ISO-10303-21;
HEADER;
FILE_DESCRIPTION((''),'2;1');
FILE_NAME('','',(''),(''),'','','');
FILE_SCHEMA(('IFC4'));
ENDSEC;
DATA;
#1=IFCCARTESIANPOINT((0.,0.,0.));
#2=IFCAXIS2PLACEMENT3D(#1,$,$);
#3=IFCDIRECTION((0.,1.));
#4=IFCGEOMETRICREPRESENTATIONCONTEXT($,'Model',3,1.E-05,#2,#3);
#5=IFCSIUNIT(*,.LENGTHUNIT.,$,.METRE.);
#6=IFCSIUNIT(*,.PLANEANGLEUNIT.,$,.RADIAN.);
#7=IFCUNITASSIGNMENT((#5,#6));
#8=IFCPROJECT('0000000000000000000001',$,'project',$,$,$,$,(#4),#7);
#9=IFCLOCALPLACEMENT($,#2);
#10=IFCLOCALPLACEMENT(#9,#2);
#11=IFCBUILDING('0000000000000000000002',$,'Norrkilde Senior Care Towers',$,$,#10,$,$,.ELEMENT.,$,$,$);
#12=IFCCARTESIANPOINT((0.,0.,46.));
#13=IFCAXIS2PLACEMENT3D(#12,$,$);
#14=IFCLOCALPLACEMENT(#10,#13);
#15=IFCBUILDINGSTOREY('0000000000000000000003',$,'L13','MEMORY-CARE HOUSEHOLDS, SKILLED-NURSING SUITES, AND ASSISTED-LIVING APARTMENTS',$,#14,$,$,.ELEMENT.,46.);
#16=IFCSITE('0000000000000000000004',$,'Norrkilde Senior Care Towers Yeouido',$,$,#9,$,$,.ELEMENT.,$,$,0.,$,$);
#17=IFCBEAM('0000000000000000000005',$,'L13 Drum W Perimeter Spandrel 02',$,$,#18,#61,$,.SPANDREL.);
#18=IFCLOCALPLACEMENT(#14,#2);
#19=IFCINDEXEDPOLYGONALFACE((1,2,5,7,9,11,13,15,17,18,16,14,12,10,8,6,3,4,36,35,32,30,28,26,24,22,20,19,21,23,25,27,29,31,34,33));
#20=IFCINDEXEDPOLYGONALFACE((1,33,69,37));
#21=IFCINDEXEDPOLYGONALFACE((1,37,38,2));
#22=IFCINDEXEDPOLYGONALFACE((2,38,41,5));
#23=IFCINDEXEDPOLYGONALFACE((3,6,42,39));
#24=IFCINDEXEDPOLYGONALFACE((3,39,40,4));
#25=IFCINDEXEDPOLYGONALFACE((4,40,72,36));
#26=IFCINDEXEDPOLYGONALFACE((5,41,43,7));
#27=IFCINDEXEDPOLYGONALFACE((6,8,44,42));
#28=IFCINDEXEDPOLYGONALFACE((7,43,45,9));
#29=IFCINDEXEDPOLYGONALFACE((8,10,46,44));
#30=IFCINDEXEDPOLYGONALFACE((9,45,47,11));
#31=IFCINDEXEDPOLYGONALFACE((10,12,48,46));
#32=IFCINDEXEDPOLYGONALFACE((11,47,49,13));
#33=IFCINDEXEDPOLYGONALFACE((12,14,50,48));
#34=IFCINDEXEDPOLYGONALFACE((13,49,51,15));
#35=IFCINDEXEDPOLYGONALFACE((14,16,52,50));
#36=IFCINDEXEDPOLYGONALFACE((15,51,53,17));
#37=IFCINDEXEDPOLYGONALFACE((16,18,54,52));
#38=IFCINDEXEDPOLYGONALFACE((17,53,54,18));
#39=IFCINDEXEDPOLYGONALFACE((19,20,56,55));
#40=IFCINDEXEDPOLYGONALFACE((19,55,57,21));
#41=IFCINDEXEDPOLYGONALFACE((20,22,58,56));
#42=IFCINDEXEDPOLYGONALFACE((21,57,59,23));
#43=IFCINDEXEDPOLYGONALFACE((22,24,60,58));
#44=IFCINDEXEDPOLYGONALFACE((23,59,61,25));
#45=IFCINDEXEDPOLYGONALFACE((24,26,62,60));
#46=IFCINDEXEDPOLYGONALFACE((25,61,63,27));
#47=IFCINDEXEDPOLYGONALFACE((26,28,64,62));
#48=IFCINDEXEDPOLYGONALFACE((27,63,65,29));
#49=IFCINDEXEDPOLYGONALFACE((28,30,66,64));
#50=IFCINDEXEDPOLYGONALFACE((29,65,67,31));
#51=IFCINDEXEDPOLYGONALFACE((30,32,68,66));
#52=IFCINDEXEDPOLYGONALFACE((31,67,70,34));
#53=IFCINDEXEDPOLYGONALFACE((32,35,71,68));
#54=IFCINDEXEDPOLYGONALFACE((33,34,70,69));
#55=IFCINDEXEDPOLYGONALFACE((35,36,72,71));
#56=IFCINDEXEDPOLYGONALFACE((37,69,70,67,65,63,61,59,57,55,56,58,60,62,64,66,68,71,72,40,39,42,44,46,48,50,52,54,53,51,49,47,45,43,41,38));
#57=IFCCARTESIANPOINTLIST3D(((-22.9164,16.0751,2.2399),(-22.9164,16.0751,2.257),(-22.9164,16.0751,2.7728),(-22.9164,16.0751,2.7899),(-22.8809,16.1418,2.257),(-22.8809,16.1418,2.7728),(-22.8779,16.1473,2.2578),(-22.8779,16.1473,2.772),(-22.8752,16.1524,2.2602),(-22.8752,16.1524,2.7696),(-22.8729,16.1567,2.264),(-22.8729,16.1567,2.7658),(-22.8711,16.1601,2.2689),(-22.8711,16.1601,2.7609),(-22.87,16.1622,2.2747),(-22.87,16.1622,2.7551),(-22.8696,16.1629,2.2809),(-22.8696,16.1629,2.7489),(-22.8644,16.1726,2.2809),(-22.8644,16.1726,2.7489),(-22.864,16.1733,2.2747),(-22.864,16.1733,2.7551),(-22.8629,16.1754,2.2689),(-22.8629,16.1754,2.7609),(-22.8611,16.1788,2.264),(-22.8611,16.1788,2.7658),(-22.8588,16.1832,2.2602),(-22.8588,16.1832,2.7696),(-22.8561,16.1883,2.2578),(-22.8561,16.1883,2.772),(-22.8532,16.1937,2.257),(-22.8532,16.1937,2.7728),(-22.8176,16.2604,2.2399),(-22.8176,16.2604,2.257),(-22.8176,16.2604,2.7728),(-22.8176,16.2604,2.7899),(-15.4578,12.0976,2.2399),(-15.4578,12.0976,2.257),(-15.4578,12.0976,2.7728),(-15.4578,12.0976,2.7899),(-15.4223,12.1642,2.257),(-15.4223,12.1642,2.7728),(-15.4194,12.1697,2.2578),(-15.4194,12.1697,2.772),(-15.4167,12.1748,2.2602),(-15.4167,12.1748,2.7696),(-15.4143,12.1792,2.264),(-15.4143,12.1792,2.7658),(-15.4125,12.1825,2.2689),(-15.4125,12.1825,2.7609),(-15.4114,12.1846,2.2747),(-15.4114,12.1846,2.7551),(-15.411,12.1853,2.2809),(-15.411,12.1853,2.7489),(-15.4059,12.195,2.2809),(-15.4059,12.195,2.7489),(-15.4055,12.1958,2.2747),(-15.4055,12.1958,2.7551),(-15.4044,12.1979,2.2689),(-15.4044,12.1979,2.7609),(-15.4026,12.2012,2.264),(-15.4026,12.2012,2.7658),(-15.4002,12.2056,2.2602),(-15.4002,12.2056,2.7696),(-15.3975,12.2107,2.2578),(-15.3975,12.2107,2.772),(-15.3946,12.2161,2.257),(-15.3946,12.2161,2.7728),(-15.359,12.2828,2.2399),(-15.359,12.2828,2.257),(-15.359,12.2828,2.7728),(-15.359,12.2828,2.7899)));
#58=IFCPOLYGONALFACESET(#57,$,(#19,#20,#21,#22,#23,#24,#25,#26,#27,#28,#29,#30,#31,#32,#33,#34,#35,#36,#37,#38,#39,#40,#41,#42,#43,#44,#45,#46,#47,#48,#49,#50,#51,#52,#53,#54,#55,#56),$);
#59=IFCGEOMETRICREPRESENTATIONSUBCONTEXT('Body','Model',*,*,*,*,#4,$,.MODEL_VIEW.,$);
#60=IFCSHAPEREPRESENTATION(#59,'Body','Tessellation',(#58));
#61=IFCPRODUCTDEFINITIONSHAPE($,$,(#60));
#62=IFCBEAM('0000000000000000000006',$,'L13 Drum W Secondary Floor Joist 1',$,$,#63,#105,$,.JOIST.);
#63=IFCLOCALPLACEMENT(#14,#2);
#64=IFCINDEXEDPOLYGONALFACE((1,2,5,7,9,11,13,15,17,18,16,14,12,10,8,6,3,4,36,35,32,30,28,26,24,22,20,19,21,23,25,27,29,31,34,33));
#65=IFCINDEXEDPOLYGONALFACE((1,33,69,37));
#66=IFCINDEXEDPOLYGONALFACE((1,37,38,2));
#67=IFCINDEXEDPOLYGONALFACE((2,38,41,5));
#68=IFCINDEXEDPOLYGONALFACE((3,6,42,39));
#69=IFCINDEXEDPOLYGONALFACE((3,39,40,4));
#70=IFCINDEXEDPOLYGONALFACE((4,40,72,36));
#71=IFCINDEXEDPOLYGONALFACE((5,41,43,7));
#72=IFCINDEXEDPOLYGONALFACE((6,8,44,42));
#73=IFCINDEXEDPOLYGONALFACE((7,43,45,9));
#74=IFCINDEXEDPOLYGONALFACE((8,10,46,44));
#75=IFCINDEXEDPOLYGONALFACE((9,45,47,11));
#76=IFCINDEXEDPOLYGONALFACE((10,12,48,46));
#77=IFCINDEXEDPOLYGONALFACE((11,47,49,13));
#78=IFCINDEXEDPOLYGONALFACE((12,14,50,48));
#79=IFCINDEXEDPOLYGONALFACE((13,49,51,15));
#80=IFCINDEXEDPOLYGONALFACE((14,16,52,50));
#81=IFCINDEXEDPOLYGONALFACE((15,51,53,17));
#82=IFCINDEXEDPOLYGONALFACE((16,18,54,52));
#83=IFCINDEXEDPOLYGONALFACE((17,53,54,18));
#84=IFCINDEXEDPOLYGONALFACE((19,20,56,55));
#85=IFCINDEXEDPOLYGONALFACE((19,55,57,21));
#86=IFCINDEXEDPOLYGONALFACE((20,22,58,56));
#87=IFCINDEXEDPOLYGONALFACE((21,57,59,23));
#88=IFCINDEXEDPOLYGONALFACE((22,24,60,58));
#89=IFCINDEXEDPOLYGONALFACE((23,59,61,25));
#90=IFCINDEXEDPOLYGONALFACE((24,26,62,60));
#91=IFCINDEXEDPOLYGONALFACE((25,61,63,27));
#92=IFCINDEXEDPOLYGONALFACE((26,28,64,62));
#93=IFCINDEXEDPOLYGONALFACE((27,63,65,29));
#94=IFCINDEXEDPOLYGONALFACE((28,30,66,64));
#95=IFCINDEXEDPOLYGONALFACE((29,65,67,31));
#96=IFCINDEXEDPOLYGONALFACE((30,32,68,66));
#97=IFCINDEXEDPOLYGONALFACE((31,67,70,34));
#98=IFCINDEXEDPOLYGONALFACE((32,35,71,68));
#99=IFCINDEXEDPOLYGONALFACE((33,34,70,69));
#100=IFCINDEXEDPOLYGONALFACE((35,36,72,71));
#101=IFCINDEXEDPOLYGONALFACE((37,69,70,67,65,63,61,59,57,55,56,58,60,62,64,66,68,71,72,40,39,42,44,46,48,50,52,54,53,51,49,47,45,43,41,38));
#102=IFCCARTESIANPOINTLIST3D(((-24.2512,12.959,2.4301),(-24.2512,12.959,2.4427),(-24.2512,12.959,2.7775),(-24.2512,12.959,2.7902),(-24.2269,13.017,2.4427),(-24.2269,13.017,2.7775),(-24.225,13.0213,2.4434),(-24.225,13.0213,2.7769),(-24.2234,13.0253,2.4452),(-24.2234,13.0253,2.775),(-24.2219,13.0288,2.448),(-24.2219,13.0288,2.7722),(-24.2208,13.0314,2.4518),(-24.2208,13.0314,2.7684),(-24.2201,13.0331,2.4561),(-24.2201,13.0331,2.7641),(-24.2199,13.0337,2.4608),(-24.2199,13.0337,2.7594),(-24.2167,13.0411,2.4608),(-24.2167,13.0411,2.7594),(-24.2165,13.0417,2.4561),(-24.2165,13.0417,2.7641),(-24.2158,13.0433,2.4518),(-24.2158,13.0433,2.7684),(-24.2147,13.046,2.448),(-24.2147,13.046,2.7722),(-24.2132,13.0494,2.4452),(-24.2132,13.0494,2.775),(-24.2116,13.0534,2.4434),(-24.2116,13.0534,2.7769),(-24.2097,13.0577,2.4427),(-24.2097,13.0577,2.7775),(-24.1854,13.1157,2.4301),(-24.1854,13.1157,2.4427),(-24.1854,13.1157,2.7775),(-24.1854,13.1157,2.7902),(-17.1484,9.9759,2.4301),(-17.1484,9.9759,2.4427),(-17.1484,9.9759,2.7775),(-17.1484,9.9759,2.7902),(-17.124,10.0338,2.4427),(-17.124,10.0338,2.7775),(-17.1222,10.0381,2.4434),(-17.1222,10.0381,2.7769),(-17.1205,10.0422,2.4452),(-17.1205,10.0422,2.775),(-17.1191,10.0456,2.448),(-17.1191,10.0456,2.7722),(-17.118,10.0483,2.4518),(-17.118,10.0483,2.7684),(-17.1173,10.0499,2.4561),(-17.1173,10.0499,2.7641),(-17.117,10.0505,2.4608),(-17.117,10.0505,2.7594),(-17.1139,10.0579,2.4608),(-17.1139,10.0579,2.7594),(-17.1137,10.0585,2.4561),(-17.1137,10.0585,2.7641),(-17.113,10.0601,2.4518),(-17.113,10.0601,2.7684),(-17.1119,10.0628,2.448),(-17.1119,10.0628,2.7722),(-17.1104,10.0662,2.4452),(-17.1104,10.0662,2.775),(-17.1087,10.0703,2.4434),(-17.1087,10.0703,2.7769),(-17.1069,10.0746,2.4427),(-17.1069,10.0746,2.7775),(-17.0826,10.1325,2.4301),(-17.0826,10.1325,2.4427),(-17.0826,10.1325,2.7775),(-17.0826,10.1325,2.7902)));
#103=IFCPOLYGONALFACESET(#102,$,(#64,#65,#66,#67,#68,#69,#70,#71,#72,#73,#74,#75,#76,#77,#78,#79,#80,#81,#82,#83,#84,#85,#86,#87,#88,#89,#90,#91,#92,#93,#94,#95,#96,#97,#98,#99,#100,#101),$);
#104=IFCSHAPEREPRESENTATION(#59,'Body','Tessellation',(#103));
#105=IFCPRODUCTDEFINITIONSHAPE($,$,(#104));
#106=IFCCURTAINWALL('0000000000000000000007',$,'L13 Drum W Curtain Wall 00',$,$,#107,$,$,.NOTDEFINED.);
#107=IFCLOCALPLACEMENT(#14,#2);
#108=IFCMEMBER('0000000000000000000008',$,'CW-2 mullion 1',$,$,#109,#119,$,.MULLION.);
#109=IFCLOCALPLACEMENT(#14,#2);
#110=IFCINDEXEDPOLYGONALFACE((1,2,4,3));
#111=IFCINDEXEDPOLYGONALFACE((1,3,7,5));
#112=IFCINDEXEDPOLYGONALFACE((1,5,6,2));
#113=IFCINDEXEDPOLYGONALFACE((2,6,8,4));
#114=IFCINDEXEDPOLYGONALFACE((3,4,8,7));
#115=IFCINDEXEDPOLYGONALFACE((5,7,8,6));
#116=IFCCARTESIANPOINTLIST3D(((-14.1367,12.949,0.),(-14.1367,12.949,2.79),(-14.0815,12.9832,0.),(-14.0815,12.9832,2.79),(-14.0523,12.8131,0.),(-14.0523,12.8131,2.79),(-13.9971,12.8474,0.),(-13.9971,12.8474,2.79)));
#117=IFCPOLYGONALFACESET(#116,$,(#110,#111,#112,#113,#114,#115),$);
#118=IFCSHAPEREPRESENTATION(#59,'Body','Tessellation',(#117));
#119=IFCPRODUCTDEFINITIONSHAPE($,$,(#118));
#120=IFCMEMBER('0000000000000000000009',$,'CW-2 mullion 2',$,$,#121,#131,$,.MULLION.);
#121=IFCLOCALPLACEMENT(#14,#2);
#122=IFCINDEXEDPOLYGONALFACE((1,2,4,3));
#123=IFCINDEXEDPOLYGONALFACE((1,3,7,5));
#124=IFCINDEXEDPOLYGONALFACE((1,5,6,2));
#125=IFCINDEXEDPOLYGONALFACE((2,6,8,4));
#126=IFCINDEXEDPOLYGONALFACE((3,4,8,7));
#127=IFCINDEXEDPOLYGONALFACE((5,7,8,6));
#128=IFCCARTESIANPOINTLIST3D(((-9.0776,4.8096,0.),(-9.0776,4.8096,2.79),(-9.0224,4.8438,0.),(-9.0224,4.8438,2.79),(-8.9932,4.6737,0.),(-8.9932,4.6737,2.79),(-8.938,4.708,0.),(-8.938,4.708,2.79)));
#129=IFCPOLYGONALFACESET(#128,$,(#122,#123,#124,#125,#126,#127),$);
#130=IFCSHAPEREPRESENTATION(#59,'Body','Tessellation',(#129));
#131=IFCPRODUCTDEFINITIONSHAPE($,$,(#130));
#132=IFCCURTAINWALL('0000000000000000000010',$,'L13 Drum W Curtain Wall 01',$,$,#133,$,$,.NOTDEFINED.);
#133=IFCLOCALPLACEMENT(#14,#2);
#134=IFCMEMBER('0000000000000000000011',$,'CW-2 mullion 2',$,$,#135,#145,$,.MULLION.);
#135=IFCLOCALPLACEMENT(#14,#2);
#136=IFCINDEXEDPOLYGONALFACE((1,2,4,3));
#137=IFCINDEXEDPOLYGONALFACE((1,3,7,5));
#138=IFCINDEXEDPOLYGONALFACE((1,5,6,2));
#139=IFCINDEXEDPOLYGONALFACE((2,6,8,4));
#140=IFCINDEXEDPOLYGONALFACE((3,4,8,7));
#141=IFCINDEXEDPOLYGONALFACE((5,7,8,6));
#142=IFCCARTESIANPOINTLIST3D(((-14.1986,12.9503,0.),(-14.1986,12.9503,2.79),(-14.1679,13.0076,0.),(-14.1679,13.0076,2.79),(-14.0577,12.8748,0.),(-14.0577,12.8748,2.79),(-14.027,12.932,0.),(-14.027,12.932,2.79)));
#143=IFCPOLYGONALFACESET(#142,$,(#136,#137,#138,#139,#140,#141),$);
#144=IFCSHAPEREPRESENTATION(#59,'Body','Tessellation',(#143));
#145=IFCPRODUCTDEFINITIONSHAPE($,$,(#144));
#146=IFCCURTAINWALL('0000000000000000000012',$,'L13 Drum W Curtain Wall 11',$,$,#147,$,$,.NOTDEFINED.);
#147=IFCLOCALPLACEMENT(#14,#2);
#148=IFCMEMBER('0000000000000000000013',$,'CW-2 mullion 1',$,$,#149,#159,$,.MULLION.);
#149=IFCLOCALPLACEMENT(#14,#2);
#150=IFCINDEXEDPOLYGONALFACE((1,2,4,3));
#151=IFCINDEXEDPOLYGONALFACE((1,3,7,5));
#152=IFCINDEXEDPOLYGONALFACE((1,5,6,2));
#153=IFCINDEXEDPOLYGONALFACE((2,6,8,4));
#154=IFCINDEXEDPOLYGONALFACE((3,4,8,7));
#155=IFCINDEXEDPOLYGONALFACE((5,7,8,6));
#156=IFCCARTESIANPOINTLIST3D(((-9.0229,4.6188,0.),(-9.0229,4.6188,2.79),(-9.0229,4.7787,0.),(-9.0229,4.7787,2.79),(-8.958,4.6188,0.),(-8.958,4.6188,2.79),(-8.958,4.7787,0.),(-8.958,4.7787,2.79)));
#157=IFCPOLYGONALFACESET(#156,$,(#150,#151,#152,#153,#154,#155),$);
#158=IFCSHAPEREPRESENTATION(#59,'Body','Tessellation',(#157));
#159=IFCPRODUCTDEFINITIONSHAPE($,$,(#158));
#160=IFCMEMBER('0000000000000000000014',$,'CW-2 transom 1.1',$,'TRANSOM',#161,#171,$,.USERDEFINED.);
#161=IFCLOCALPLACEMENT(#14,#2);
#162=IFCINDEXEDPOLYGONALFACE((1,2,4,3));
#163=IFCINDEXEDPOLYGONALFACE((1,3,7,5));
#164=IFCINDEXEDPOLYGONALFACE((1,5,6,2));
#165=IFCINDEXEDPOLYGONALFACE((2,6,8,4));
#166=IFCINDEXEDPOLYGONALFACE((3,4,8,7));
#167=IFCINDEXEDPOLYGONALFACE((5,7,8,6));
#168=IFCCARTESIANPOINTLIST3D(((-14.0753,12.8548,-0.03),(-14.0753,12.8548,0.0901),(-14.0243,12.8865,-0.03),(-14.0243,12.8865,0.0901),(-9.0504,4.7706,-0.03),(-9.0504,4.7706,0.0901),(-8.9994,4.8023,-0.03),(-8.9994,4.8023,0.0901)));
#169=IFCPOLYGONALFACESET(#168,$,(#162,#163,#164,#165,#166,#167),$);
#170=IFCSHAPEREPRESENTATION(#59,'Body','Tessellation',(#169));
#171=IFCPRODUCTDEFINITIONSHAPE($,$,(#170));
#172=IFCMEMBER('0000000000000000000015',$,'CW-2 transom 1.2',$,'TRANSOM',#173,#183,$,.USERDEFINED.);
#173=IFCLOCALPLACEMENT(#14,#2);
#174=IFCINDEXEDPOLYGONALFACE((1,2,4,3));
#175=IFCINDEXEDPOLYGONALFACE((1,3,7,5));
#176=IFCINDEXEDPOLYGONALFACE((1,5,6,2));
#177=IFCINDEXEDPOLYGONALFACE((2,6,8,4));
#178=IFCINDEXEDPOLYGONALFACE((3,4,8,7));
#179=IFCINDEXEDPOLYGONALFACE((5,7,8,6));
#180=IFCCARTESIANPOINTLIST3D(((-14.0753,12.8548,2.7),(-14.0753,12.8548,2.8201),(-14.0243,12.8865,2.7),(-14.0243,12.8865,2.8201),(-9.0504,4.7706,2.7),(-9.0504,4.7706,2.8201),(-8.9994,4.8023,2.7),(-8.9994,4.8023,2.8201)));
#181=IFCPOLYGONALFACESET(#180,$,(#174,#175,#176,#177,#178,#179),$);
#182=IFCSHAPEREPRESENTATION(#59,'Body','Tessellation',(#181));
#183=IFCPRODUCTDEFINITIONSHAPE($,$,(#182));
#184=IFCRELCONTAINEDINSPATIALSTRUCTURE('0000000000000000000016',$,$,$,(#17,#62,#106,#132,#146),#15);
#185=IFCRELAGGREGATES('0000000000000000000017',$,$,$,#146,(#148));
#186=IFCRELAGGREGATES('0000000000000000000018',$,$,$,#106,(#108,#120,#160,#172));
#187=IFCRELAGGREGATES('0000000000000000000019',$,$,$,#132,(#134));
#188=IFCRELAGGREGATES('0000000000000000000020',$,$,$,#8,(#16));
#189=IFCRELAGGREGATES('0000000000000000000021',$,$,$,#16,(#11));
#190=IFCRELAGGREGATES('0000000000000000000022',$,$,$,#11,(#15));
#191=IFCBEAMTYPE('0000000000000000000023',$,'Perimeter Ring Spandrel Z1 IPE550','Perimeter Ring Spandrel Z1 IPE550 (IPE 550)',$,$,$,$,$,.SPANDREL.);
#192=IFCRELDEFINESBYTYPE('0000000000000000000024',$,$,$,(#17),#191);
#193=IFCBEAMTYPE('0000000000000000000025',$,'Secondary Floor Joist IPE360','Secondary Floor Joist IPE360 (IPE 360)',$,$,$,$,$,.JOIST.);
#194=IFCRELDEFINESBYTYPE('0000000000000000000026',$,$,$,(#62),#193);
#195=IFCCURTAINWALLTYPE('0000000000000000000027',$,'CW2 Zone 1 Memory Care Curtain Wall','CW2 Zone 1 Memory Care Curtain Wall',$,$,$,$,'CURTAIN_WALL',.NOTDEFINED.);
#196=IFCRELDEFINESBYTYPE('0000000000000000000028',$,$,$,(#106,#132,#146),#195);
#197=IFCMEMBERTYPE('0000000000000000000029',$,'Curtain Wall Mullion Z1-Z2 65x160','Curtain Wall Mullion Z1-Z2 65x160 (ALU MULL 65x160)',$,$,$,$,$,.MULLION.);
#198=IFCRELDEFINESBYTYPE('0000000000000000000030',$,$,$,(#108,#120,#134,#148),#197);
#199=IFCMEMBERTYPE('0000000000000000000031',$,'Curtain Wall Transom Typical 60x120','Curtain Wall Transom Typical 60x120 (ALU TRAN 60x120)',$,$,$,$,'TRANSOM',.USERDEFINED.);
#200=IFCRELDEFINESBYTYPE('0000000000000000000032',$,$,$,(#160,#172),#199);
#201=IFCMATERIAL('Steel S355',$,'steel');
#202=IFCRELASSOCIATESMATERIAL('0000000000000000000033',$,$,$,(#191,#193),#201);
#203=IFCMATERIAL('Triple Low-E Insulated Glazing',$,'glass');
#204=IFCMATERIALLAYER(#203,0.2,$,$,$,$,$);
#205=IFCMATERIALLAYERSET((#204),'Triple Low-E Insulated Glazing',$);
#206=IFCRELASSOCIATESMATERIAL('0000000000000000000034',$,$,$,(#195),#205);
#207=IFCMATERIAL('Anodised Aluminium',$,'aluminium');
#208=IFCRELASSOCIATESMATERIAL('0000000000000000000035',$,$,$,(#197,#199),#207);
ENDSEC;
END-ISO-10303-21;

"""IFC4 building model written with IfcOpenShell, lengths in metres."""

from ifc_helpers import new_model, si_unit, direction, frame, origin, origin_2d, place, context, subcontext, project, spatial, rectangle, i_section, extrude, source, transform, mapped, material, layer, layer_set, material_profile, profile_set, type_object, type_shapes, element, aggregate, save


model = new_model("IFC4")

# Units and contexts
model_context = context("Model", 3, precision=1e-05, world=origin(), true_north=direction((0.0, 1.0)))
body_context = subcontext(model_context, "Body", "Model", "MODEL_VIEW")
ifc_project = project(units=[si_unit("LENGTHUNIT", "METRE"), si_unit("PLANEANGLEUNIT", "RADIAN")], contexts=[model_context])

# Site, building, storey
site_placement = place(None, origin())
site = spatial("IfcSite", under=ifc_project, at=site_placement, Name="Norrkilde Senior Care Towers Yeouido", CompositionType="ELEMENT", RefElevation=0.0)
building_placement = place(site_placement, origin())
building = spatial("IfcBuilding", under=site, at=building_placement, Name="Norrkilde Senior Care Towers", CompositionType="ELEMENT")
storey_placement = place(building_placement, frame((0.0, 0.0, 46.0)))
storey = spatial("IfcBuildingStorey", under=building, at=storey_placement, Name="L13", Description="MEMORY-CARE HOUSEHOLDS, SKILLED-NURSING SUITES, AND ASSISTED-LIVING APARTMENTS", CompositionType="ELEMENT", Elevation=46.0)

# Beams
ifc_material_1 = material(Name="Steel S355", Category="steel")
ifc_material_profile_1 = material_profile(ifc_material_1, i_section(OverallWidth=0.21, OverallDepth=0.55, WebThickness=0.011, FlangeThickness=0.0171, FilletRadius=0.0239, at=origin_2d()), Name="IPE 550")
ifc_profile_set_1 = profile_set([ifc_material_profile_1], Name="Steel S355")
beam_type_1 = type_object("IfcBeamType", Name="Perimeter Ring Spandrel Z1 IPE550", Description="Perimeter Ring Spandrel Z1 IPE550 (IPE 550)", PredefinedType="SPANDREL", material=ifc_profile_set_1)
shared_shape_1 = source(origin(), body_context, "Body", "SweptSolid", [
    extrude(i_section(OverallWidth=0.21, OverallDepth=0.55, WebThickness=0.011, FlangeThickness=0.0171, FilletRadius=0.0239, at=origin_2d()), origin(), (0.0, 0.0, 1.0), 8.4529),
])
beam_1_placement = place(storey_placement, frame((-15.4084, 12.1902, 2.5149), z_axis=(-0.882369, 0.470558, 0.0), x_axis=(-0.470558, -0.882369, 0.0)))
element("IfcBeam", 1, at=beam_1_placement, inside=storey, type_object=beam_type_1, Name="L13 Drum W Perimeter Spandrel 02", PredefinedType="SPANDREL", context=body_context, shape_type="MappedRepresentation", body=[
    mapped(shared_shape_1, transform((0.0, 0.0, 0.0), x_axis=(1.0, 0.0, 0.0), y_axis=(0.0, 1.0, 0.0), z_axis=(0.0, 0.0, 1.0), scale=1.0)),
])
ifc_material_profile_2 = material_profile(ifc_material_1, i_section(OverallWidth=0.1699, OverallDepth=0.3601, WebThickness=0.0081, FlangeThickness=0.0127, FilletRadius=0.0181, at=origin_2d()), Name="IPE 360")
ifc_profile_set_2 = profile_set([ifc_material_profile_2], Name="Steel S355")
beam_type_2 = type_object("IfcBeamType", Name="Secondary Floor Joist IPE360", Description="Secondary Floor Joist IPE360 (IPE 360)", PredefinedType="JOIST", material=ifc_profile_set_2)
shared_shape_2 = source(origin(), body_context, "Body", "SweptSolid", [
    extrude(i_section(OverallWidth=0.1699, OverallDepth=0.3601, WebThickness=0.0081, FlangeThickness=0.0127, FilletRadius=0.0181, at=origin_2d()), origin(), (0.0, 0.0, 1.0), 7.7039),
])
type_shapes(beam_type_2, [shared_shape_2])
beam_2_placement = place(storey_placement, frame((-17.1155, 10.0542, 2.6101), z_axis=(-0.921983, 0.387231, 0.0), x_axis=(-0.387231, -0.921983, 0.0)))
element("IfcBeam", 2, at=beam_2_placement, inside=storey, type_object=beam_type_2, Name="L13 Drum W Secondary Floor Joist 1", PredefinedType="JOIST", context=body_context, shape_type="MappedRepresentation", body=[
    mapped(shared_shape_2, transform((0.0, 0.0, 0.0), x_axis=(1.0, 0.0, 0.0), y_axis=(0.0, 1.0, 0.0), z_axis=(0.0, 0.0, 1.0), scale=1.0)),
])

# Curtain wall, members
ifc_material_2 = material(Name="Triple Low-E Insulated Glazing", Category="glass")
ifc_layer_1 = layer(ifc_material_2, 0.2)
ifc_layer_set_1 = layer_set([ifc_layer_1], Name="Triple Low-E Insulated Glazing")
curtain_wall_type = type_object("IfcCurtainWallType", Name="CW2 Zone 1 Memory Care Curtain Wall", Description="CW2 Zone 1 Memory Care Curtain Wall", ElementType="CURTAIN_WALL", PredefinedType="NOTDEFINED", material=ifc_layer_set_1)
curtain_wall_1_placement = place(storey_placement, origin())
curtain_wall_1 = element("IfcCurtainWall", 3, at=curtain_wall_1_placement, inside=storey, type_object=curtain_wall_type, Name="L13 Drum W Curtain Wall 00", PredefinedType="NOTDEFINED")
ifc_material_3 = material(Name="Anodised Aluminium", Category="aluminium")
ifc_material_profile_3 = material_profile(ifc_material_3, rectangle(XDim=0.0649, YDim=0.1599, at=origin_2d()), Name="ALU MULL 65x160")
ifc_profile_set_3 = profile_set([ifc_material_profile_3], Name="Anodised Aluminium")
member_type_1 = type_object("IfcMemberType", Name="Curtain Wall Mullion Z1-Z2 65x160", Description="Curtain Wall Mullion Z1-Z2 65x160 (ALU MULL 65x160)", PredefinedType="MULLION", material=ifc_profile_set_3)
shared_shape_3 = source(origin(), body_context, "Body", "SweptSolid", [
    extrude(rectangle(XDim=0.0649, YDim=0.1599, at=origin_2d()), origin(), (0.0, 0.0, 1.0), 2.79),
])
type_shapes(member_type_1, [shared_shape_3])
member_1_placement = place(storey_placement, frame((-14.0669, 12.8982, 0.0), z_axis=(0.0, 0.0, 1.0), x_axis=(0.849306, 0.527901, 0.0)))
member_1 = element("IfcMember", 4, at=member_1_placement, type_object=member_type_1, Name="CW-2 mullion 1", PredefinedType="MULLION", context=body_context, shape_type="MappedRepresentation", body=[
    mapped(shared_shape_3, transform((0.0, 0.0, 0.0), x_axis=(1.0, 0.0, 0.0), y_axis=(0.0, 1.0, 0.0), z_axis=(0.0, 0.0, 1.0), scale=1.0)),
])
member_2_placement = place(storey_placement, frame((-9.0078, 4.7588, 0.0), z_axis=(0.0, 0.0, 1.0), x_axis=(0.849306, 0.527901, 0.0)))
member_2 = element("IfcMember", 5, at=member_2_placement, type_object=member_type_1, Name="CW-2 mullion 2", PredefinedType="MULLION", context=body_context, shape_type="MappedRepresentation", body=[
    mapped(shared_shape_3, transform((0.0, 0.0, 0.0), x_axis=(1.0, 0.0, 0.0), y_axis=(0.0, 1.0, 0.0), z_axis=(0.0, 0.0, 1.0), scale=1.0)),
])

# Curtain walls, members
curtain_wall_2_placement = place(storey_placement, origin())
curtain_wall_2 = element("IfcCurtainWall", 6, at=curtain_wall_2_placement, inside=storey, type_object=curtain_wall_type, Name="L13 Drum W Curtain Wall 01", PredefinedType="NOTDEFINED")
member_3_placement = place(storey_placement, frame((-14.1128, 12.9412, 0.0), z_axis=(0.0, 0.0, 1.0), x_axis=(0.472608, 0.881273, 0.0)))
member_3 = element("IfcMember", 7, at=member_3_placement, type_object=member_type_1, Name="CW-2 mullion 2", PredefinedType="MULLION", context=body_context, shape_type="MappedRepresentation", body=[
    mapped(shared_shape_3, transform((0.0, 0.0, 0.0), x_axis=(1.0, 0.0, 0.0), y_axis=(0.0, 1.0, 0.0), z_axis=(0.0, 0.0, 1.0), scale=1.0)),
])
curtain_wall_3_placement = place(storey_placement, origin())
curtain_wall_3 = element("IfcCurtainWall", 8, at=curtain_wall_3_placement, inside=storey, type_object=curtain_wall_type, Name="L13 Drum W Curtain Wall 11", PredefinedType="NOTDEFINED")
member_4_placement = place(storey_placement, frame((-8.9905, 4.6987, 0.0), z_axis=(0.0, 0.0, 1.0), x_axis=(1.0, 0.0, 0.0)))
member_4 = element("IfcMember", 9, at=member_4_placement, type_object=member_type_1, Name="CW-2 mullion 1", PredefinedType="MULLION", context=body_context, shape_type="MappedRepresentation", body=[
    mapped(shared_shape_3, transform((0.0, 0.0, 0.0), x_axis=(1.0, 0.0, 0.0), y_axis=(0.0, 1.0, 0.0), z_axis=(0.0, 0.0, 1.0), scale=1.0)),
])

# Members
ifc_material_profile_4 = material_profile(ifc_material_3, rectangle(XDim=0.0601, YDim=0.1201, at=origin_2d()), Name="ALU TRAN 60x120")
ifc_profile_set_4 = profile_set([ifc_material_profile_4], Name="Anodised Aluminium")
member_type_2 = type_object("IfcMemberType", Name="Curtain Wall Transom Typical 60x120", Description="Curtain Wall Transom Typical 60x120 (ALU TRAN 60x120)", ElementType="TRANSOM", PredefinedType="USERDEFINED", material=ifc_profile_set_4)
shared_shape_4 = source(origin(), body_context, "Body", "SweptSolid", [
    extrude(rectangle(XDim=0.0601, YDim=0.1201, at=origin_2d()), origin(), (0.0, 0.0, 1.0), 9.5186),
])
member_5_placement = place(storey_placement, frame((-14.0498, 12.8706, 0.03), z_axis=(0.527902, -0.849306, 0.0), x_axis=(0.849306, 0.527902, 0.0)))
member_5 = element("IfcMember", 10, at=member_5_placement, type_object=member_type_2, Name="CW-2 transom 1.1", ObjectType="TRANSOM", PredefinedType="USERDEFINED", context=body_context, shape_type="MappedRepresentation", body=[
    mapped(shared_shape_4, transform((0.0, 0.0, 0.0), x_axis=(1.0, 0.0, 0.0), y_axis=(0.0, 1.0, 0.0), z_axis=(0.0, 0.0, 1.0), scale=1.0)),
])
member_6_placement = place(storey_placement, frame((-14.0498, 12.8706, 2.76), z_axis=(0.527902, -0.849306, 0.0), x_axis=(0.849306, 0.527902, 0.0)))
member_6 = element("IfcMember", 11, at=member_6_placement, type_object=member_type_2, Name="CW-2 transom 1.2", ObjectType="TRANSOM", PredefinedType="USERDEFINED", context=body_context, shape_type="MappedRepresentation", body=[
    mapped(shared_shape_4, transform((0.0, 0.0, 0.0), x_axis=(1.0, 0.0, 0.0), y_axis=(0.0, 1.0, 0.0), z_axis=(0.0, 0.0, 1.0), scale=1.0)),
])
aggregate(curtain_wall_3, [member_4])

aggregate(curtain_wall_1, [member_1, member_2, member_5, member_6])
aggregate(curtain_wall_2, [member_3])

save(model, "model.ifc")
